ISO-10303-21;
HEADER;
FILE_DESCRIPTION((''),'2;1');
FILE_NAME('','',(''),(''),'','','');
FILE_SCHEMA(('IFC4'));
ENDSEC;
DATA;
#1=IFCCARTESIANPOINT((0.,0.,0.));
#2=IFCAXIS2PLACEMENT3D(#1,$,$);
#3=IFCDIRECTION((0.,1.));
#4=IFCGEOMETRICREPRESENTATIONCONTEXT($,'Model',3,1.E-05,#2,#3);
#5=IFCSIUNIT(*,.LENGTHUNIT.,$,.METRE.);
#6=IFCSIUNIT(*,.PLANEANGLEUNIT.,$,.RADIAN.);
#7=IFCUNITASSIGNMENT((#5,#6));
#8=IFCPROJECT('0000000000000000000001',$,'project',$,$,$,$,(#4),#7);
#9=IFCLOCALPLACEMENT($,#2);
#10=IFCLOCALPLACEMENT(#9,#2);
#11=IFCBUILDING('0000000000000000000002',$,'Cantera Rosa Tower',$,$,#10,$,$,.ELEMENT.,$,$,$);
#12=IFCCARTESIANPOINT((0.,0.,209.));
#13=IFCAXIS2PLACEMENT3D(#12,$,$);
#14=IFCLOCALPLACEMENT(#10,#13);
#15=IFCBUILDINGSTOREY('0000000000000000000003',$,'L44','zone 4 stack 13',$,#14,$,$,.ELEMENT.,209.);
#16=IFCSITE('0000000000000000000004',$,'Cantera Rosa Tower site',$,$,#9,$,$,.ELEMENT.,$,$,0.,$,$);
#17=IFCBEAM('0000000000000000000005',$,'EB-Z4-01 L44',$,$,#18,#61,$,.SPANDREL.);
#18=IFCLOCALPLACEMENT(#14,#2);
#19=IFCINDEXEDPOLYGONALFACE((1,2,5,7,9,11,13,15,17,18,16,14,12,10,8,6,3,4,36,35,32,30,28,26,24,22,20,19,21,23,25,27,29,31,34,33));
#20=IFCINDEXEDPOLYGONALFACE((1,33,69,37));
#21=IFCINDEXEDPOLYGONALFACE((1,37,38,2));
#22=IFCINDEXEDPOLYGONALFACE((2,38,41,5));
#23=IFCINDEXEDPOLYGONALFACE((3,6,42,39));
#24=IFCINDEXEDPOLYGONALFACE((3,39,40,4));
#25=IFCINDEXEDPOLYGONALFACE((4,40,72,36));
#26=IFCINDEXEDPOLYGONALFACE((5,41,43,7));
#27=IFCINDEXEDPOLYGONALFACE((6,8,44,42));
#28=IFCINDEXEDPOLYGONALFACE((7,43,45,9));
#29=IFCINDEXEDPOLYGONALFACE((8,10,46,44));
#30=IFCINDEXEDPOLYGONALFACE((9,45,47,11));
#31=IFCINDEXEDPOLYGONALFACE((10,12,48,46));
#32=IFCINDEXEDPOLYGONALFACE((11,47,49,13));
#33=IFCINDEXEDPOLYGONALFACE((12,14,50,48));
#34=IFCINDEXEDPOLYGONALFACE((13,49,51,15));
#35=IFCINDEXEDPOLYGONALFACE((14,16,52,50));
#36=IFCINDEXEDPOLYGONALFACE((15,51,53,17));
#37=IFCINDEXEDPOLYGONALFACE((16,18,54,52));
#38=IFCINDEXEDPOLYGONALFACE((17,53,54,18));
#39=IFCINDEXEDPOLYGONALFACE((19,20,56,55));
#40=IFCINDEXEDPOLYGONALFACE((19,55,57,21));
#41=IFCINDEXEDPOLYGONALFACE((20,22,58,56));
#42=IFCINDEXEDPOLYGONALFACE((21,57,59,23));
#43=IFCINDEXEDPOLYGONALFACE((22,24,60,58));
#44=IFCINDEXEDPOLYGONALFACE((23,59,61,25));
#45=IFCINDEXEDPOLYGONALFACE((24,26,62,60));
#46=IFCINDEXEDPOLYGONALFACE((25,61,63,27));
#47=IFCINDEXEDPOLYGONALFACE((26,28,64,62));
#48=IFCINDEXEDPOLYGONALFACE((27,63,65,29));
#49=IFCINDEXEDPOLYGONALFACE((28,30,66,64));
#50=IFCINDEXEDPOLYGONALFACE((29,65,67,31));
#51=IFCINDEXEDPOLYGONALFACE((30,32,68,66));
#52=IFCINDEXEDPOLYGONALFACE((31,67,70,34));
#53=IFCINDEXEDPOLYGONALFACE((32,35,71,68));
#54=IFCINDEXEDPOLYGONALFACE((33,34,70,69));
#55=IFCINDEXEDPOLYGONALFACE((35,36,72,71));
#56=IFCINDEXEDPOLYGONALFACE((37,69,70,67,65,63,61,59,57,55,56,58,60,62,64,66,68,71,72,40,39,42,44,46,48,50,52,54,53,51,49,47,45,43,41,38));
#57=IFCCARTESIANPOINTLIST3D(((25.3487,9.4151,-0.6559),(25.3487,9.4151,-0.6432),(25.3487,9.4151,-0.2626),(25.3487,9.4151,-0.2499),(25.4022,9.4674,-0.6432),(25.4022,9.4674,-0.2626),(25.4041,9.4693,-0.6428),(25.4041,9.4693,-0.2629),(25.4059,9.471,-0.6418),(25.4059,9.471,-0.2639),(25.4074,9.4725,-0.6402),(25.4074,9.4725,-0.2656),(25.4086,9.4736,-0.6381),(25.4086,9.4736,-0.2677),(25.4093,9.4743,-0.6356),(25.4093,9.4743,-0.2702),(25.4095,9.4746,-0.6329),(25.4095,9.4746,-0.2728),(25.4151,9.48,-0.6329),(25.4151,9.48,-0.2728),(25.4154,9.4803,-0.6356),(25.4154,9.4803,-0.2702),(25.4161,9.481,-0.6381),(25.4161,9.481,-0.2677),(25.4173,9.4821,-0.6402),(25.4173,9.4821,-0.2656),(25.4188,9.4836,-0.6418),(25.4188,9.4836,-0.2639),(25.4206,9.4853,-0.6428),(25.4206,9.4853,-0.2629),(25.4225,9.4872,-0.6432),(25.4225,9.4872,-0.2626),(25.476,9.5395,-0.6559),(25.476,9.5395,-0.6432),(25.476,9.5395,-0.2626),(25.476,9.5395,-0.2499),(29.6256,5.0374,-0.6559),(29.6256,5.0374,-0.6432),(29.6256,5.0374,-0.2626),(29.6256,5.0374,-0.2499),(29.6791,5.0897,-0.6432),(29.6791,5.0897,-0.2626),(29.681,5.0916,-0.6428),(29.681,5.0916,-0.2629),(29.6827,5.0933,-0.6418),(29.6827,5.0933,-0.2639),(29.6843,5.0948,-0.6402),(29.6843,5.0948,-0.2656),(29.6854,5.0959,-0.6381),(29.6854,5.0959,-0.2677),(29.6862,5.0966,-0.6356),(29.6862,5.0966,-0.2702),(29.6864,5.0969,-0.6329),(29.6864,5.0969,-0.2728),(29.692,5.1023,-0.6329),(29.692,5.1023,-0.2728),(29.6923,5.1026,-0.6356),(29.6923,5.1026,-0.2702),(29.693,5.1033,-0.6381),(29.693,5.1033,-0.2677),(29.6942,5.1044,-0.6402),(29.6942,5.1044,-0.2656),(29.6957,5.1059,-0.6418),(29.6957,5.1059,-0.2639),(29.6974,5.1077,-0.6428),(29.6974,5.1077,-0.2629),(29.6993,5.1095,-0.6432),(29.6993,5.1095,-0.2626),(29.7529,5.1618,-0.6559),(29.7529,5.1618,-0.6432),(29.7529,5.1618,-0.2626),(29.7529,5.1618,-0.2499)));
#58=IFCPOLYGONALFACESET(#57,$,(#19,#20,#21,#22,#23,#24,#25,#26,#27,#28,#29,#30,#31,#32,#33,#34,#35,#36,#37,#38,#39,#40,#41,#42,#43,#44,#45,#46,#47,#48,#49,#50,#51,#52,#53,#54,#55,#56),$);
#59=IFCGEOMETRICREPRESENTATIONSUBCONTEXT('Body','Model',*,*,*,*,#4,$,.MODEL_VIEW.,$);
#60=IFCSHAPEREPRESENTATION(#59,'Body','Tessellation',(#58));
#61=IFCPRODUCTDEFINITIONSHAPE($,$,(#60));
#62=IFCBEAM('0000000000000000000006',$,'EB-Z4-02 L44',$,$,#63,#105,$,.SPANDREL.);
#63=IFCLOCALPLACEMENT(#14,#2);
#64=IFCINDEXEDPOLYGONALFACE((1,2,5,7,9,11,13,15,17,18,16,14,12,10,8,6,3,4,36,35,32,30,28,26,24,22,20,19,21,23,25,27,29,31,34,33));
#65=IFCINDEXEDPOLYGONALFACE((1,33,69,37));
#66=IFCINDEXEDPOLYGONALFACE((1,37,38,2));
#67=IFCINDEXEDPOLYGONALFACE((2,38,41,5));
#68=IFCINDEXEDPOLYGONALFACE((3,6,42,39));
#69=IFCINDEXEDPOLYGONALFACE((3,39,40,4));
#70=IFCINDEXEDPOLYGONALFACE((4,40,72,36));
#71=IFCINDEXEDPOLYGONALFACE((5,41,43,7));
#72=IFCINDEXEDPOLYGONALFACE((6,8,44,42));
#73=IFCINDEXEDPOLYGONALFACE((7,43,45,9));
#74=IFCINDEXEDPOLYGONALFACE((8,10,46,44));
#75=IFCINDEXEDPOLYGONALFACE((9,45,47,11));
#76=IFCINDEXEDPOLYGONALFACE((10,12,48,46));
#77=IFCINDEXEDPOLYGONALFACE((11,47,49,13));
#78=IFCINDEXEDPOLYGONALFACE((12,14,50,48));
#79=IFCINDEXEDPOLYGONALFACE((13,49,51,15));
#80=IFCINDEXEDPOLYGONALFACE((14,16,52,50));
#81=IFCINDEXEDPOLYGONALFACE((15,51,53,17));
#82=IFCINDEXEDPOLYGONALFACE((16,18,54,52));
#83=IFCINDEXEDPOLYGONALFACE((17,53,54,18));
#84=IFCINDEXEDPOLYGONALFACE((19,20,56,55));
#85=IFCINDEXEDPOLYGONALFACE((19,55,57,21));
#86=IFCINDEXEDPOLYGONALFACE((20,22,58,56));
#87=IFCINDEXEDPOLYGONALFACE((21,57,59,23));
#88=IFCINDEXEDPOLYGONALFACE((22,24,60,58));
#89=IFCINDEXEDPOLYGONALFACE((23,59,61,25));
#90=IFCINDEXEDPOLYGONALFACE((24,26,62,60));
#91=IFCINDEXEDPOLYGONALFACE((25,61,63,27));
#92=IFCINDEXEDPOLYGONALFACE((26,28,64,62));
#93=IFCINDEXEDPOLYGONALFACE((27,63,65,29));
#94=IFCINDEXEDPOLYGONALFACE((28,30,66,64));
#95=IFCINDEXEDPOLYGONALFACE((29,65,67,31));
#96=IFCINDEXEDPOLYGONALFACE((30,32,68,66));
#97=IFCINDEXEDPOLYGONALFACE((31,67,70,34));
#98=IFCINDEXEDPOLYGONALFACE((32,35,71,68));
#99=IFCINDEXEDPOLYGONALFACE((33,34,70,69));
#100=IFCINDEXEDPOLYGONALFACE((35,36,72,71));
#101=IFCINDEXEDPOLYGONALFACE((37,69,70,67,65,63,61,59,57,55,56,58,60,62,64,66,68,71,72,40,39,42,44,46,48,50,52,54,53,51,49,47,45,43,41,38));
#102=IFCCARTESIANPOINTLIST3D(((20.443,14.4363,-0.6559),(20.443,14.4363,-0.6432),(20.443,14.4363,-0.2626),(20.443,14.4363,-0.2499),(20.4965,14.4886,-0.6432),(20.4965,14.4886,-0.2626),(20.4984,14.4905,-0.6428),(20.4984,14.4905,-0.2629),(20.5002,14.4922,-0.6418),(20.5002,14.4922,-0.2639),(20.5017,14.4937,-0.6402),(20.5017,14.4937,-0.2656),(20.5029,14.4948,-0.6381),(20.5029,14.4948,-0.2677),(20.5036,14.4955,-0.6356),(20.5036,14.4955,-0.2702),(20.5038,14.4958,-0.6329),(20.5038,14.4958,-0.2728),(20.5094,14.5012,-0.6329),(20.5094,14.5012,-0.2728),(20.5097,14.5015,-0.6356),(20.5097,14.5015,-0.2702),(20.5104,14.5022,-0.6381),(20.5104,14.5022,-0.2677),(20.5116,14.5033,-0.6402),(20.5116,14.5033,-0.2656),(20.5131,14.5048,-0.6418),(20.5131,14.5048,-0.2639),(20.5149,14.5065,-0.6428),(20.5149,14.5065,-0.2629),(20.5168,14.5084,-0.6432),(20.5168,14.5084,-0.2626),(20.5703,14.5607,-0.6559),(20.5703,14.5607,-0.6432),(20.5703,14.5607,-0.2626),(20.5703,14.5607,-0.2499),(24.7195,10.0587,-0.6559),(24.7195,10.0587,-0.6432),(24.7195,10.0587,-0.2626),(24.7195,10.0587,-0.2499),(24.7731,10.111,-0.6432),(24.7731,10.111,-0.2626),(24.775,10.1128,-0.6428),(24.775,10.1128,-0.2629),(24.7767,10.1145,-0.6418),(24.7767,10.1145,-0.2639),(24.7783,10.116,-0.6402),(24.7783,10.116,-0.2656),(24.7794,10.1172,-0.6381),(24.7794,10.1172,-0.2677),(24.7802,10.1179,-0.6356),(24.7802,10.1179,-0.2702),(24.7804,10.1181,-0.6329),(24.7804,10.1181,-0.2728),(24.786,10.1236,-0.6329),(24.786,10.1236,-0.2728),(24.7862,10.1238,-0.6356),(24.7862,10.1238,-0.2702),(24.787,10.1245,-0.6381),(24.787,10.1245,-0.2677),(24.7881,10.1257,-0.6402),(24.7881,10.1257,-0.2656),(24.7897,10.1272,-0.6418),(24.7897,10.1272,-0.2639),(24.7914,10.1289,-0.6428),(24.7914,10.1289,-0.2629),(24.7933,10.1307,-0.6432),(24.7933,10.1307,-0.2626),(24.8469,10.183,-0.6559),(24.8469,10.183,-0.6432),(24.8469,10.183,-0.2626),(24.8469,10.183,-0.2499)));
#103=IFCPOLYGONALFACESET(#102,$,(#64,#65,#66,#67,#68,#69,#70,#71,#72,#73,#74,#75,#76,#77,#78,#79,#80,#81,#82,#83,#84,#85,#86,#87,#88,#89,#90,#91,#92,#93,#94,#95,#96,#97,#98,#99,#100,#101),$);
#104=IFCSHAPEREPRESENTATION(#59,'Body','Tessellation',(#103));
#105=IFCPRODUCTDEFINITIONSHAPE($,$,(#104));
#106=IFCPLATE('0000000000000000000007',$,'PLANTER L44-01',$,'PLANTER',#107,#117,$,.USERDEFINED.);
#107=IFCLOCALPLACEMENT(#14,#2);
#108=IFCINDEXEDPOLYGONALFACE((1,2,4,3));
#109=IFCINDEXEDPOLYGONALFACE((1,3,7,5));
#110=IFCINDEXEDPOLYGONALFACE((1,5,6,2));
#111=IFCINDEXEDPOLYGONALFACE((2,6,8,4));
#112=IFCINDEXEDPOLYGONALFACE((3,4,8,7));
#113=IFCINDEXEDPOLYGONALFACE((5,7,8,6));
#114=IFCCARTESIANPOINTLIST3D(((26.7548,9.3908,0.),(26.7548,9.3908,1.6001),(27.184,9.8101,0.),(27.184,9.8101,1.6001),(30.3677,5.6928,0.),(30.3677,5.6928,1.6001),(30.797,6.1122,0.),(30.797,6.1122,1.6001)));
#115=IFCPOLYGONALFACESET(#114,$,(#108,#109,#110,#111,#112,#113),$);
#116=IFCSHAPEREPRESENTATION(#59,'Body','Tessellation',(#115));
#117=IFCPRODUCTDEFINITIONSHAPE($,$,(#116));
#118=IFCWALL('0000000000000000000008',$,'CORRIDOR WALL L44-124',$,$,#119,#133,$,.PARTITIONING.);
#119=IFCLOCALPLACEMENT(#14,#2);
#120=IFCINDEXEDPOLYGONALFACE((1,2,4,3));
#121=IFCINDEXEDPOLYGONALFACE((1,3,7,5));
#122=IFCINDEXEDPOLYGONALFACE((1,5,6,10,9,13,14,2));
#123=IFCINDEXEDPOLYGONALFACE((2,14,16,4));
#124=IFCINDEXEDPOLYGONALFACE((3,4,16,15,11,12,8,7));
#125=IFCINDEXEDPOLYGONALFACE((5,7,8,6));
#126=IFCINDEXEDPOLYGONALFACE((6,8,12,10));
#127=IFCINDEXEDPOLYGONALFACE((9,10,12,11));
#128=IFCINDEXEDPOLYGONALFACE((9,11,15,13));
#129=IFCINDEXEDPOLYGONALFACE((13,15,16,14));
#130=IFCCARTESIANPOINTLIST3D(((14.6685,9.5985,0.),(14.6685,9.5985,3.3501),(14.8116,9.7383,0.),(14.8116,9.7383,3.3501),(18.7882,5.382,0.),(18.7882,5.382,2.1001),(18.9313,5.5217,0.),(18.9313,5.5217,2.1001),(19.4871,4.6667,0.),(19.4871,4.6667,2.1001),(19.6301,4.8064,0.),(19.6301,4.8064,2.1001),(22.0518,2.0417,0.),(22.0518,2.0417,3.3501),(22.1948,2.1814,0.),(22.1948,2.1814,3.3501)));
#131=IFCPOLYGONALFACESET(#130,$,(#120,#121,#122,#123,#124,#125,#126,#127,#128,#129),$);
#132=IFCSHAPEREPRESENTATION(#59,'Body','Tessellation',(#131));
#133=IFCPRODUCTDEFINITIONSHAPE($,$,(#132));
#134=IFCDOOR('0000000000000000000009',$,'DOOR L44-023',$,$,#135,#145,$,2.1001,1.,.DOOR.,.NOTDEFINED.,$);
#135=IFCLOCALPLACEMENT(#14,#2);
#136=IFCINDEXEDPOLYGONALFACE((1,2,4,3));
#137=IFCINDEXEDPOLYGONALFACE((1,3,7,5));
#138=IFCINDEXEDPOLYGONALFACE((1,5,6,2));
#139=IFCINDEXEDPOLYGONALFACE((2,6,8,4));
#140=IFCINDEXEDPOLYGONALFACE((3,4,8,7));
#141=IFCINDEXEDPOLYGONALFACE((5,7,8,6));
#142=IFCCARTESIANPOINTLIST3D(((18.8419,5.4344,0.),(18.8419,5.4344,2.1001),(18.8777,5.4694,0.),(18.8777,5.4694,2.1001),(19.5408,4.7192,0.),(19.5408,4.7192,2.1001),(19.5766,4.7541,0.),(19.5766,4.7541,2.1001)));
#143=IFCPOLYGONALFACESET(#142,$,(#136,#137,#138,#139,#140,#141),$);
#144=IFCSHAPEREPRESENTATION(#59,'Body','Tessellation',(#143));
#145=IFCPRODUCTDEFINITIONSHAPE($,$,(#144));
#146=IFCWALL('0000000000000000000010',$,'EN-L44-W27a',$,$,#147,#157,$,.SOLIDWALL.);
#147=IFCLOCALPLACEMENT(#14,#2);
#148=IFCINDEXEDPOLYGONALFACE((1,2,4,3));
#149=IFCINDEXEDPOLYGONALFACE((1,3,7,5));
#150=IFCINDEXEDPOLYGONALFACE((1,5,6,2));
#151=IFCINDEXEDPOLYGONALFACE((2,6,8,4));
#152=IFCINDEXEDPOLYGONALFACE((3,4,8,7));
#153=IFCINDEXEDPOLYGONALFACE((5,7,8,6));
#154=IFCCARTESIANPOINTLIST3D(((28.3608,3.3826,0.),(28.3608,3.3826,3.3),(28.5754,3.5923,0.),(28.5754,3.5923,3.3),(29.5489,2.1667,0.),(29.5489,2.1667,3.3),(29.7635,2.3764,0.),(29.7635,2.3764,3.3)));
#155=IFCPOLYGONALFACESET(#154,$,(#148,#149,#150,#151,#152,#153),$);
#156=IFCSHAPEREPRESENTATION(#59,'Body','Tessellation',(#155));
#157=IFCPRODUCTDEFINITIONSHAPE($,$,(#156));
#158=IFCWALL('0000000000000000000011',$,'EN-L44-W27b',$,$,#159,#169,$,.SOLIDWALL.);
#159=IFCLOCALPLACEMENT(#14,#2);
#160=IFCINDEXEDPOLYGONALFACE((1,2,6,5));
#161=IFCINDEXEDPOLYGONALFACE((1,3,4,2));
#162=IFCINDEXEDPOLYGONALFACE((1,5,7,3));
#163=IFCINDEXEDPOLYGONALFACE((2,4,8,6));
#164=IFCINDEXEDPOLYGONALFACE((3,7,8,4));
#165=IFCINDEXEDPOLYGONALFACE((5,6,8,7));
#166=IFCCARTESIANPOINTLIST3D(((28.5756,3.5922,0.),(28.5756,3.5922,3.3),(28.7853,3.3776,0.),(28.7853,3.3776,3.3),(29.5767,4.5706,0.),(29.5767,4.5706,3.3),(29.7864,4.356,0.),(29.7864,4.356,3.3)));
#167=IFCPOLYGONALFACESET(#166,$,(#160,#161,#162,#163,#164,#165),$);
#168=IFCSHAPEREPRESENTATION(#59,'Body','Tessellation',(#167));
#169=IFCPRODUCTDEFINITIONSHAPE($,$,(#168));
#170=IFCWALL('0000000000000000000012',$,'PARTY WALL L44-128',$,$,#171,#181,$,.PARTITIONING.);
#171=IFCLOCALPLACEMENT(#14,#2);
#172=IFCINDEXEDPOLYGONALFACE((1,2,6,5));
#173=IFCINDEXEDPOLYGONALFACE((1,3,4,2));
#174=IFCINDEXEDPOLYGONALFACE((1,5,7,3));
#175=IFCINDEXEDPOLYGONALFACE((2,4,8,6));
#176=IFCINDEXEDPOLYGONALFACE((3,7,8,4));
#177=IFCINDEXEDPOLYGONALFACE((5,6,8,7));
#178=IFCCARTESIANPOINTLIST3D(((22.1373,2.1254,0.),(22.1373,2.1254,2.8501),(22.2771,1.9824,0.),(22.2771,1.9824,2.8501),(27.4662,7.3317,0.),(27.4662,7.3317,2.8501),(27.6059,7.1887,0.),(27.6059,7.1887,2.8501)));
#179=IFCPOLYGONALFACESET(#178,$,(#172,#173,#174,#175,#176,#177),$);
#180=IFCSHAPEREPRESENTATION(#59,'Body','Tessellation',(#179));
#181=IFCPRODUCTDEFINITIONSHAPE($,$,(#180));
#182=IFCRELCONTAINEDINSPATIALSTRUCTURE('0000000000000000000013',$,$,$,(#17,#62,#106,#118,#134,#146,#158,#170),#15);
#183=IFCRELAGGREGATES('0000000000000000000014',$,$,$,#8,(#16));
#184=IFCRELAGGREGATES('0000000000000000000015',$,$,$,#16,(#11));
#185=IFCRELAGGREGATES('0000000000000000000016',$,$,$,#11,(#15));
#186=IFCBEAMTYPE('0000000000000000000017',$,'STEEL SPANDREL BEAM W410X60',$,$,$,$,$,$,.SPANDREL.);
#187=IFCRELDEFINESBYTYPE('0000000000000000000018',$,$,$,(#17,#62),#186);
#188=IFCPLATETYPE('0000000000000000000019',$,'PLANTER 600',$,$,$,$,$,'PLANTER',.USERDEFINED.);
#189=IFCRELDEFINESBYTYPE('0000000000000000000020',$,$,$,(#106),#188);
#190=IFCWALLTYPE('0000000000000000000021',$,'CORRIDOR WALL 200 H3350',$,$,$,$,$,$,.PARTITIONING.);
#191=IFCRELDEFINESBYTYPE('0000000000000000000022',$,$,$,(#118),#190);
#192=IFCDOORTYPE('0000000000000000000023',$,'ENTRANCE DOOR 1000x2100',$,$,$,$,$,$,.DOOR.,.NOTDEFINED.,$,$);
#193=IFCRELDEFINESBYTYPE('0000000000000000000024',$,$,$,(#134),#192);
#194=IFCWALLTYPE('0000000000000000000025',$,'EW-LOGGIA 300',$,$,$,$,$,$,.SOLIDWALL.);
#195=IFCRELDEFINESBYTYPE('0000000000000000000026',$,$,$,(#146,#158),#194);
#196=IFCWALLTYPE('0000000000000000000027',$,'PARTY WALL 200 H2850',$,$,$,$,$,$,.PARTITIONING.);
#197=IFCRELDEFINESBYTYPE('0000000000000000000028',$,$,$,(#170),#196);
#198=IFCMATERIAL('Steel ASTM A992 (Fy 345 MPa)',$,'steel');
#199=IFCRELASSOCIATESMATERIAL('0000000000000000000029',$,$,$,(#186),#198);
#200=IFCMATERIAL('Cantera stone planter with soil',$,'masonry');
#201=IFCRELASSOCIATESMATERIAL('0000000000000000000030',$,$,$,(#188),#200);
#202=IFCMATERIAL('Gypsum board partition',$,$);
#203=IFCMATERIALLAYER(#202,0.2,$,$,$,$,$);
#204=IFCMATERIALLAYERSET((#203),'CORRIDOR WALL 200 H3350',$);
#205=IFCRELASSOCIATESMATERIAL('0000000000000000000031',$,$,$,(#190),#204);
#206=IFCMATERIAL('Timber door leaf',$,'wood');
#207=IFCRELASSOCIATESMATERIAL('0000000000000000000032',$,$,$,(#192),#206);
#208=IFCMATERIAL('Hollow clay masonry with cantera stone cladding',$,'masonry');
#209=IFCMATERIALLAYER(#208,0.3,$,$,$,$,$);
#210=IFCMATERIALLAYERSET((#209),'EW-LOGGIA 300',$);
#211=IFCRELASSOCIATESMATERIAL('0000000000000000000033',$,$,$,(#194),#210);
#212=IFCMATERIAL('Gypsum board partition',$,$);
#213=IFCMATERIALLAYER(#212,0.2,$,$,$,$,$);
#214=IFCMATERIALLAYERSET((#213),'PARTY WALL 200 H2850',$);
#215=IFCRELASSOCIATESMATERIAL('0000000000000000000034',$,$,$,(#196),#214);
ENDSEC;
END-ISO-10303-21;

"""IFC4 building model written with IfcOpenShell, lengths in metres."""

from ifc_helpers import new_model, si_unit, direction, frame, frame_2d, origin, origin_2d, place, context, subcontext, project, spatial, rectangle, i_section, extrude, material, layer, layer_set, material_profile, profile_set, type_object, element, fill, save


model = new_model("IFC4")

# Units and contexts
model_context = context("Model", 3, precision=1e-05, world=origin(), true_north=direction((0.0, 1.0)))
body_context = subcontext(model_context, "Body", "Model", "MODEL_VIEW")
ifc_project = project(units=[si_unit("LENGTHUNIT", "METRE"), si_unit("PLANEANGLEUNIT", "RADIAN")], contexts=[model_context])

# Site, building, storey
site_placement = place(None, origin())
site = spatial("IfcSite", under=ifc_project, at=site_placement, Name="Cantera Rosa Tower site", CompositionType="ELEMENT", RefElevation=0.0)
building_placement = place(site_placement, origin())
building = spatial("IfcBuilding", under=site, at=building_placement, Name="Cantera Rosa Tower", CompositionType="ELEMENT")
storey_placement = place(building_placement, frame((0.0, 0.0, 209.0)))
storey = spatial("IfcBuildingStorey", under=building, at=storey_placement, Name="L44", Description="zone 4 stack 13", CompositionType="ELEMENT", Elevation=209.0)

# Beams
ifc_material_1 = material(Name="Steel ASTM A992 (Fy 345 MPa)", Category="steel")
ifc_material_profile_1 = material_profile(ifc_material_1, i_section(OverallWidth=0.178, OverallDepth=0.406, WebThickness=0.0078, FlangeThickness=0.0127, FilletRadius=0.0103, at=origin_2d()), Name="W410X60")
ifc_profile_set_1 = profile_set([ifc_material_profile_1], Name="Steel ASTM A992 (Fy 345 MPa)")
beam_type_1 = type_object("IfcBeamType", Name="STEEL SPANDREL BEAM W410X60", PredefinedType="SPANDREL", material=ifc_profile_set_1)
beam_1_placement = place(storey_placement, frame((29.6892, 5.0996, -0.4529), z_axis=(-0.698821, 0.715296, 0.0), x_axis=(-0.715296, -0.698821, 0.0)))
element("IfcBeam", 1, at=beam_1_placement, inside=storey, type_object=beam_type_1, Name="EB-Z4-01 L44", PredefinedType="SPANDREL", context=body_context, shape_type="SweptSolid", body=[
    extrude(i_section(OverallWidth=0.178, OverallDepth=0.406, WebThickness=0.0078, FlangeThickness=0.0127, FilletRadius=0.0103, at=origin_2d()), origin(), (0.0, 0.0, 1.0), 6.1201),
])
beam_2_placement = place(storey_placement, frame((24.7832, 10.1208, -0.4529), z_axis=(-0.698801, 0.715316, 0.0), x_axis=(-0.715316, -0.698801, 0.0)))
element("IfcBeam", 2, at=beam_2_placement, inside=storey, type_object=beam_type_1, Name="EB-Z4-02 L44", PredefinedType="SPANDREL", context=body_context, shape_type="SweptSolid", body=[
    extrude(i_section(OverallWidth=0.178, OverallDepth=0.406, WebThickness=0.0078, FlangeThickness=0.0127, FilletRadius=0.0103, at=origin_2d()), origin(), (0.0, 0.0, 1.0), 6.1199),
])

# Plate
ifc_material_2 = material(Name="Cantera stone planter with soil", Category="masonry")
plate_type = type_object("IfcPlateType", Name="PLANTER 600", ElementType="PLANTER", PredefinedType="USERDEFINED", material=ifc_material_2)
plate_placement = place(storey_placement, frame((28.7759, 7.7515, 0.0), z_axis=(0.0, 0.0, 1.0), x_axis=(-0.698832, 0.715286, 0.0)))
element("IfcPlate", 3, at=plate_placement, inside=storey, type_object=plate_type, Name="PLANTER L44-01", ObjectType="PLANTER", PredefinedType="USERDEFINED", context=body_context, shape_type="SweptSolid", body=[
    extrude(rectangle(XDim=5.1699, YDim=0.6001, at=origin_2d()), origin(), (0.0, 0.0, 1.0), 1.6001),
])

# Wall, opening, door
ifc_material_3 = material(Name="Gypsum board partition")
ifc_layer_1 = layer(ifc_material_3, 0.2)
ifc_layer_set_1 = layer_set([ifc_layer_1], Name="CORRIDOR WALL 200 H3350")
wall_type_1 = type_object("IfcWallType", Name="CORRIDOR WALL 200 H3350", PredefinedType="PARTITIONING", material=ifc_layer_set_1)
wall_1_placement = place(storey_placement, frame((22.1233, 2.1116, 0.0), z_axis=(0.0, 0.0, 1.0), x_axis=(-0.698844, 0.715274, 0.0)))
wall_1 = element("IfcWall", 4, at=wall_1_placement, inside=storey, type_object=wall_type_1, Name="CORRIDOR WALL L44-124", PredefinedType="PARTITIONING", context=body_context, shape_type="SweptSolid", body=[
    extrude(rectangle(XDim=10.5649, YDim=0.2, at=frame_2d((5.2825, 0.0))), origin(), (0.0, 0.0, 1.0), 3.3501),
])
opening_1_placement = place(wall_1_placement, frame((3.6699, 0.0, 0.0)))
opening_1 = element("IfcOpeningElement", 5, at=opening_1_placement, cuts=wall_1, PredefinedType="OPENING", context=body_context, shape_type="SweptSolid", body=[
    extrude(rectangle(XDim=1.0, YDim=2.1001, at=frame_2d((0.5, 1.05))), frame((0.0, 0.1099, 0.0), z_axis=(0.0, -1.0, 0.0), x_axis=(1.0, 0.0, 0.0)), (0.0, 0.0, 1.0), 0.22),
])
ifc_material_4 = material(Name="Timber door leaf", Category="wood")
door_type_1 = type_object("IfcDoorType", Name="ENTRANCE DOOR 1000x2100", OperationType="NOTDEFINED", PredefinedType="DOOR", material=ifc_material_4)
door_1_placement = place(opening_1_placement, origin())
door_1 = element("IfcDoor", 6, at=door_1_placement, inside=storey, type_object=door_type_1, Name="DOOR L44-023", OperationType="NOTDEFINED", OverallHeight=2.1001, OverallWidth=1.0, PredefinedType="DOOR", context=body_context, shape_type="SweptSolid", body=[
    extrude(rectangle(XDim=1.0, YDim=2.1001, at=frame_2d((0.5, 1.05))), frame((0.0, 0.0249, 0.0), z_axis=(0.0, -1.0, 0.0), x_axis=(1.0, 0.0, 0.0)), (0.0, 0.0, 1.0), 0.05),
])
fill(opening_1, door_1)

# Walls
ifc_material_5 = material(Name="Hollow clay masonry with cantera stone cladding", Category="masonry")
ifc_layer_2 = layer(ifc_material_5, 0.3)
ifc_layer_set_2 = layer_set([ifc_layer_2], Name="EW-LOGGIA 300")
wall_type_2 = type_object("IfcWallType", Name="EW-LOGGIA 300", PredefinedType="SOLIDWALL", material=ifc_layer_set_2)
wall_2_placement = place(storey_placement, frame((29.6562, 2.2715, 0.0), z_axis=(0.0, 0.0, 1.0), x_axis=(-0.698873, 0.715246, 0.0)))
element("IfcWall", 7, at=wall_2_placement, inside=storey, type_object=wall_type_2, Name="EN-L44-W27a", PredefinedType="SOLIDWALL", context=body_context, shape_type="SweptSolid", body=[
    extrude(rectangle(XDim=1.7, YDim=0.3, at=frame_2d((0.8501, 0.0))), origin(), (0.0, 0.0, 1.0), 3.3),
])
wall_3_placement = place(storey_placement, frame((28.6804, 3.4849, 0.0), z_axis=(0.0, 0.0, 1.0), x_axis=(0.715169, 0.698951, 0.0)))
element("IfcWall", 8, at=wall_3_placement, inside=storey, type_object=wall_type_2, Name="EN-L44-W27b", PredefinedType="SOLIDWALL", context=body_context, shape_type="SweptSolid", body=[
    extrude(rectangle(XDim=1.3999, YDim=0.3, at=frame_2d((0.7, 0.0))), origin(), (0.0, 0.0, 1.0), 3.3),
])

# Wall
ifc_material_6 = material(Name="Gypsum board partition")
ifc_layer_3 = layer(ifc_material_6, 0.2)
ifc_layer_set_3 = layer_set([ifc_layer_3], Name="PARTY WALL 200 H2850")
wall_type_3 = type_object("IfcWallType", Name="PARTY WALL 200 H2850", PredefinedType="PARTITIONING", material=ifc_layer_set_3)
wall_4_placement = place(storey_placement, frame((27.5361, 7.2603, 0.0), z_axis=(0.0, 0.0, 1.0), x_axis=(-0.715284, -0.698834, 0.0)))
element("IfcWall", 9, at=wall_4_placement, inside=storey, type_object=wall_type_3, Name="PARTY WALL L44-128", PredefinedType="PARTITIONING", context=body_context, shape_type="SweptSolid", body=[
    extrude(rectangle(XDim=7.45, YDim=0.2, at=frame_2d((3.7251, 0.0))), origin(), (0.0, 0.0, 1.0), 2.8501),
])

save(model, "model.ifc")
